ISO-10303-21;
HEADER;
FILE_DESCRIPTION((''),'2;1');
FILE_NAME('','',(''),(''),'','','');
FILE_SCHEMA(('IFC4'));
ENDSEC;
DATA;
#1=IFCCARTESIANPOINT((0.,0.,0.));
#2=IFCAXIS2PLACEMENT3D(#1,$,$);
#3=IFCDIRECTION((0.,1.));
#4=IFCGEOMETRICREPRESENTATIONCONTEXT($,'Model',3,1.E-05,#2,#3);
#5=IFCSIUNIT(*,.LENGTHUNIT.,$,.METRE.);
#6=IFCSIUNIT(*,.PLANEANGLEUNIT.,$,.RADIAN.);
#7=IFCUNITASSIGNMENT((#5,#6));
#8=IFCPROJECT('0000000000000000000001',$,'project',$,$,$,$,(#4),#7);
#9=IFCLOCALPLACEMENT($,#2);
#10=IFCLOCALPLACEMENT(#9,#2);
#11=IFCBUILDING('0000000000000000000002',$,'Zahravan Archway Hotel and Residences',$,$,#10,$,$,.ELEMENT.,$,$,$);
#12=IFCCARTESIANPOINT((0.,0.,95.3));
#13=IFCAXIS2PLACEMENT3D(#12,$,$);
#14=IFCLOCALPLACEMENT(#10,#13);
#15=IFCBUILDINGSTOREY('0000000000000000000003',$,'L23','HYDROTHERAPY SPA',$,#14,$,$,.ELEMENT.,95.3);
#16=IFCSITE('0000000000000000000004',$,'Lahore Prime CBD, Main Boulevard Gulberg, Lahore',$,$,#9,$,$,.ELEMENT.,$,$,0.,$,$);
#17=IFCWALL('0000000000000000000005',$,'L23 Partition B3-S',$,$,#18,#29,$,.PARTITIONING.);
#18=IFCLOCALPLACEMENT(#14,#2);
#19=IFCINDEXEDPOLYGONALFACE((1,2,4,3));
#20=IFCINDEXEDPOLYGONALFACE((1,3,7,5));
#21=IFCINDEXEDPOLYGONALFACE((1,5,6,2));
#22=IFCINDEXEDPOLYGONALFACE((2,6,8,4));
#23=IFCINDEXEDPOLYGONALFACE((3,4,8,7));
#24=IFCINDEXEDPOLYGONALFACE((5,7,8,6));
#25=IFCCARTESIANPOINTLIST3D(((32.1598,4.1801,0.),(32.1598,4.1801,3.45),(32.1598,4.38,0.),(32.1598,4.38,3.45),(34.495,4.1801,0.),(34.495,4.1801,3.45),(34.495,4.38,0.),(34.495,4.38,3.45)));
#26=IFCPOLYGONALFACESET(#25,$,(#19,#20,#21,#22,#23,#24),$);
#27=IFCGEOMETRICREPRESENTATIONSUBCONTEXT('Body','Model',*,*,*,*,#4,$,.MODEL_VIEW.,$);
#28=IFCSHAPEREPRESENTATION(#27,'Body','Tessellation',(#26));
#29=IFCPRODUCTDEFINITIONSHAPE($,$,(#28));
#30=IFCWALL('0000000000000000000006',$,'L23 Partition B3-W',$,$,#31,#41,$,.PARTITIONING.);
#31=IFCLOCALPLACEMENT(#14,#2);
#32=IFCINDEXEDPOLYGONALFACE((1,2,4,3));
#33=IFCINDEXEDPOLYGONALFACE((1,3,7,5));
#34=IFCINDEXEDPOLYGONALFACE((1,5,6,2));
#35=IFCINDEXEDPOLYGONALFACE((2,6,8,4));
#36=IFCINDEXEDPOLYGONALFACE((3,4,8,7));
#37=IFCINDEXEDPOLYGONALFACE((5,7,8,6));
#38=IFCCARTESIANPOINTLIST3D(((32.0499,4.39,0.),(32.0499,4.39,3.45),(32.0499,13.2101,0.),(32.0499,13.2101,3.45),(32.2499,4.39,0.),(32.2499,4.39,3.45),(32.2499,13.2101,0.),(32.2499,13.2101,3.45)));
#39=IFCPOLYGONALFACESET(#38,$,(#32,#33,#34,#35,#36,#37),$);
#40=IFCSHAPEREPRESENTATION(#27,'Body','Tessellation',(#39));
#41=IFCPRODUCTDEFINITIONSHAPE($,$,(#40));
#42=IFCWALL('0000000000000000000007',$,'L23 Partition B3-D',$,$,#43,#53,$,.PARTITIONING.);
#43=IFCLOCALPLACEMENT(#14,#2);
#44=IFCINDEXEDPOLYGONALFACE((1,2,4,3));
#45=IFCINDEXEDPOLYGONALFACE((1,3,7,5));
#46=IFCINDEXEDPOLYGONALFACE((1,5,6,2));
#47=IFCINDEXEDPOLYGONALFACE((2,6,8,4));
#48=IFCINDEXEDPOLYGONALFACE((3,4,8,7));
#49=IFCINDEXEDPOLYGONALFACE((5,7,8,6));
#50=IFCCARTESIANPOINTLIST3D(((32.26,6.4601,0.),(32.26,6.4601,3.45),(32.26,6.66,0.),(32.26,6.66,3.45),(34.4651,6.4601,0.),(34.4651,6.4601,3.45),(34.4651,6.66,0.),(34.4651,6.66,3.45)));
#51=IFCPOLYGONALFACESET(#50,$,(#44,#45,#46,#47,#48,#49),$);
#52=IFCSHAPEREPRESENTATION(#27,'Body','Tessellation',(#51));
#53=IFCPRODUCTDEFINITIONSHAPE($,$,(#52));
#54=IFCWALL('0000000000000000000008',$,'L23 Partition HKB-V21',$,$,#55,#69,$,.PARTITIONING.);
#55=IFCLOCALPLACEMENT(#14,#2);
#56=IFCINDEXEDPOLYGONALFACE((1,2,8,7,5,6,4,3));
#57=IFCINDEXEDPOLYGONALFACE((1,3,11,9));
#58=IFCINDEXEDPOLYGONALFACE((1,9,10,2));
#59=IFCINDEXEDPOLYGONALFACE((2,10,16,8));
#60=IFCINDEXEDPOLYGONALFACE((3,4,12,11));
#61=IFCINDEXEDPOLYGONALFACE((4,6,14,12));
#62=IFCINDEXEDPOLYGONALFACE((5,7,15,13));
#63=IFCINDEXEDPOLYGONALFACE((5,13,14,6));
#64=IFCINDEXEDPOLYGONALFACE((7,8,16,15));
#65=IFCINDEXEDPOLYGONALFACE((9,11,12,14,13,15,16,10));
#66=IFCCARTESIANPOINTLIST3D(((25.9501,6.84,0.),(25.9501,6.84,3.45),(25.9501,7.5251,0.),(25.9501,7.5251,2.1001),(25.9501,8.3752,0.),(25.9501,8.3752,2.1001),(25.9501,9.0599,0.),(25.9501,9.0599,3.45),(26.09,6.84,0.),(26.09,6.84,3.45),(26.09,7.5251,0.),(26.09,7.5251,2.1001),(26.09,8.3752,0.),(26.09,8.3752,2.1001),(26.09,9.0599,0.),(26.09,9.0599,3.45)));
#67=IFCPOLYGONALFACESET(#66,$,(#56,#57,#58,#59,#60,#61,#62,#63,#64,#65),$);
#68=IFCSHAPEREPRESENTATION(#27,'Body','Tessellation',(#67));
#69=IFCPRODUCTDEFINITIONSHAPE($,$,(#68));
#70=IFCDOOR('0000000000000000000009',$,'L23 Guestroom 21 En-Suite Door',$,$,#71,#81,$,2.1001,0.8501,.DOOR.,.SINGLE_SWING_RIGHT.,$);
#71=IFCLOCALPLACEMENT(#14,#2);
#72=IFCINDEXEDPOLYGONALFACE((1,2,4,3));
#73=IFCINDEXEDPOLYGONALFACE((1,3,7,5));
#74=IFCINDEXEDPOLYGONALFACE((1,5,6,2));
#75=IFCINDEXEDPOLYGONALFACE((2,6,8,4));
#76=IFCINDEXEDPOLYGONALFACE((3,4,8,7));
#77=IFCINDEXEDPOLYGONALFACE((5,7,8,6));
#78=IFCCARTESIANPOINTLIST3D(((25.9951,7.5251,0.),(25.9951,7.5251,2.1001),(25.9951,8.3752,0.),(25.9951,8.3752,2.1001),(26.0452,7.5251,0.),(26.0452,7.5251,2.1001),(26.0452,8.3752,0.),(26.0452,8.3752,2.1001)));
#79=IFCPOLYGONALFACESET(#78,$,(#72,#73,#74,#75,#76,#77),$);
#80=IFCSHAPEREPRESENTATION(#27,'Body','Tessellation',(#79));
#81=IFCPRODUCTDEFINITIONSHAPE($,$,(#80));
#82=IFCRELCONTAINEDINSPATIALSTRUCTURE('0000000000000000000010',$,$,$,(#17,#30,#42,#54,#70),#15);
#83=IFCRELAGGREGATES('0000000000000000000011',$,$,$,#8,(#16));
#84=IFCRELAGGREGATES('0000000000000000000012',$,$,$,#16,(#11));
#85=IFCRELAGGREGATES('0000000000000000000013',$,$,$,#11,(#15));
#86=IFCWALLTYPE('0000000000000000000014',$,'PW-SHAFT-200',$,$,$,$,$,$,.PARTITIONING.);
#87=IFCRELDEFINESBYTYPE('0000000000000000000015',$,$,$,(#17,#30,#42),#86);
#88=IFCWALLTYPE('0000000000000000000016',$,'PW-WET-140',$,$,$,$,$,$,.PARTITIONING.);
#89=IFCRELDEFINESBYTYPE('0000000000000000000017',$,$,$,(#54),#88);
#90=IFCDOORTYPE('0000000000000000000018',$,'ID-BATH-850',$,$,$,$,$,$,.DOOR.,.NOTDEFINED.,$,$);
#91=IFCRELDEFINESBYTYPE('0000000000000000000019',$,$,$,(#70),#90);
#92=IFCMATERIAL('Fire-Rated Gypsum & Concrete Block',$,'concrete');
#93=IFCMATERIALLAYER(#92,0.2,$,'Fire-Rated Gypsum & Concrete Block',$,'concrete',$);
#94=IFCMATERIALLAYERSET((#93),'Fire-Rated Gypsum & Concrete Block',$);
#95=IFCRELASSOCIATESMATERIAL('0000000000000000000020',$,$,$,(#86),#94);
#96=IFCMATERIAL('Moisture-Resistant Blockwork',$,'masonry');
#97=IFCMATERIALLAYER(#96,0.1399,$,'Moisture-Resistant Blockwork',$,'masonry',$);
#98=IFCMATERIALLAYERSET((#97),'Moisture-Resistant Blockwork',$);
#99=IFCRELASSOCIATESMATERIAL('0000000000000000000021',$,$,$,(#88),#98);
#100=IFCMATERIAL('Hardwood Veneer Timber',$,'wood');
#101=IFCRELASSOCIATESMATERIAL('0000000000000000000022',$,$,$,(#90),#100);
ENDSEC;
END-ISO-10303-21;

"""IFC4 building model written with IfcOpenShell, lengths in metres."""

from ifc_helpers import new_model, si_unit, direction, frame, frame_2d, origin, place, context, subcontext, project, spatial, rectangle, extrude, source, transform, mapped, material, layer, layer_set, type_object, type_shapes, element, fill, save


model = new_model("IFC4")

# Units and contexts
model_context = context("Model", 3, precision=1e-05, world=origin(), true_north=direction((0.0, 1.0)))
body_context = subcontext(model_context, "Body", "Model", "MODEL_VIEW")
ifc_project = project(units=[si_unit("LENGTHUNIT", "METRE"), si_unit("PLANEANGLEUNIT", "RADIAN")], contexts=[model_context])

# Site, building, storey
site_placement = place(None, origin())
site = spatial("IfcSite", under=ifc_project, at=site_placement, Name="Lahore Prime CBD, Main Boulevard Gulberg, Lahore", CompositionType="ELEMENT", RefElevation=0.0)
building_placement = place(site_placement, origin())
building = spatial("IfcBuilding", under=site, at=building_placement, Name="Zahravan Archway Hotel and Residences", CompositionType="ELEMENT")
storey_placement = place(building_placement, frame((0.0, 0.0, 95.3)))
storey = spatial("IfcBuildingStorey", under=building, at=storey_placement, Name="L23", Description="HYDROTHERAPY SPA", CompositionType="ELEMENT", Elevation=95.3)

# Shared definitions
ifc_material_1 = material(Name="Fire-Rated Gypsum & Concrete Block", Category="concrete")

# Shared definitions
ifc_material_2 = material(Name="Hardwood Veneer Timber", Category="wood")

# Walls
ifc_layer_1 = layer(ifc_material_1, 0.2, Name="Fire-Rated Gypsum & Concrete Block", Category="concrete")
ifc_layer_set_1 = layer_set([ifc_layer_1], Name="Fire-Rated Gypsum & Concrete Block")
wall_type_1 = type_object("IfcWallType", Name="PW-SHAFT-200", PredefinedType="PARTITIONING", material=ifc_layer_set_1)
wall_1_placement = place(storey_placement, frame((32.1599, 4.28, 0.0), z_axis=(0.0, 0.0, 1.0), x_axis=(1.0, 0.0, 0.0)))
element("IfcWall", 1, at=wall_1_placement, inside=storey, type_object=wall_type_1, Name="L23 Partition B3-S", PredefinedType="PARTITIONING", context=body_context, shape_type="SweptSolid", body=[
    extrude(rectangle(XDim=2.3352, YDim=0.2, at=frame_2d((1.1675, 0.0))), origin(), (0.0, 0.0, 1.0), 3.45),
])
wall_2_placement = place(storey_placement, frame((32.1499, 4.3899, 0.0), z_axis=(0.0, 0.0, 1.0), x_axis=(0.0, 1.0, 0.0)))
element("IfcWall", 2, at=wall_2_placement, inside=storey, type_object=wall_type_1, Name="L23 Partition B3-W", PredefinedType="PARTITIONING", context=body_context, shape_type="SweptSolid", body=[
    extrude(rectangle(XDim=8.8201, YDim=0.2, at=frame_2d((4.4102, 0.0))), origin(), (0.0, 0.0, 1.0), 3.45),
])
wall_3_placement = place(storey_placement, frame((32.26, 6.5601, 0.0), z_axis=(0.0, 0.0, 1.0), x_axis=(1.0, 0.0, 0.0)))
element("IfcWall", 3, at=wall_3_placement, inside=storey, type_object=wall_type_1, Name="L23 Partition B3-D", PredefinedType="PARTITIONING", context=body_context, shape_type="SweptSolid", body=[
    extrude(rectangle(XDim=2.2051, YDim=0.2, at=frame_2d((1.1025, 0.0))), origin(), (0.0, 0.0, 1.0), 3.45),
])

# Wall, opening, door
ifc_material_3 = material(Name="Moisture-Resistant Blockwork", Category="masonry")
ifc_layer_2 = layer(ifc_material_3, 0.1399, Name="Moisture-Resistant Blockwork", Category="masonry")
ifc_layer_set_2 = layer_set([ifc_layer_2], Name="Moisture-Resistant Blockwork")
wall_type_2 = type_object("IfcWallType", Name="PW-WET-140", PredefinedType="PARTITIONING", material=ifc_layer_set_2)
wall_4_placement = place(storey_placement, frame((26.02, 6.8401, 0.0), z_axis=(0.0, 0.0, 1.0), x_axis=(0.0, 1.0, 0.0)))
wall_4 = element("IfcWall", 4, at=wall_4_placement, inside=storey, type_object=wall_type_2, Name="L23 Partition HKB-V21", PredefinedType="PARTITIONING", context=body_context, shape_type="SweptSolid", body=[
    extrude(rectangle(XDim=2.22, YDim=0.1399, at=frame_2d((1.1099, 0.0))), origin(), (0.0, 0.0, 1.0), 3.45),
])
opening_1_placement = place(wall_4_placement, frame((0.6851, 0.0, 0.0)))
opening_1 = element("IfcOpeningElement", 5, at=opening_1_placement, cuts=wall_4, PredefinedType="OPENING", context=body_context, shape_type="SweptSolid", body=[
    extrude(rectangle(XDim=0.8501, YDim=2.1001, at=frame_2d((0.425, 1.05))), frame((0.0, 0.0801, 0.0), z_axis=(0.0, -1.0, 0.0), x_axis=(1.0, 0.0, 0.0)), (0.0, 0.0, 1.0), 0.1599),
])
door_type_1 = type_object("IfcDoorType", Name="ID-BATH-850", OperationType="NOTDEFINED", PredefinedType="DOOR", material=ifc_material_2)
shared_shape_1 = source(origin(), body_context, "Body", "SweptSolid", [
    extrude(rectangle(XDim=0.8501, YDim=2.1001, at=frame_2d((0.425, 1.05))), frame((0.0, 0.0249, 0.0), z_axis=(0.0, -1.0, 0.0), x_axis=(1.0, 0.0, 0.0)), (0.0, 0.0, 1.0), 0.05),
])
type_shapes(door_type_1, [shared_shape_1])
door_1_placement = place(opening_1_placement, origin())
door_1 = element("IfcDoor", 6, at=door_1_placement, inside=storey, type_object=door_type_1, Name="L23 Guestroom 21 En-Suite Door", OperationType="SINGLE_SWING_RIGHT", OverallHeight=2.1001, OverallWidth=0.8501, PredefinedType="DOOR", context=body_context, shape_type="MappedRepresentation", body=[
    mapped(shared_shape_1, transform((0.0, 0.0, 0.0), scale=1.0)),
])
fill(opening_1, door_1)

save(model, "model.ifc")
